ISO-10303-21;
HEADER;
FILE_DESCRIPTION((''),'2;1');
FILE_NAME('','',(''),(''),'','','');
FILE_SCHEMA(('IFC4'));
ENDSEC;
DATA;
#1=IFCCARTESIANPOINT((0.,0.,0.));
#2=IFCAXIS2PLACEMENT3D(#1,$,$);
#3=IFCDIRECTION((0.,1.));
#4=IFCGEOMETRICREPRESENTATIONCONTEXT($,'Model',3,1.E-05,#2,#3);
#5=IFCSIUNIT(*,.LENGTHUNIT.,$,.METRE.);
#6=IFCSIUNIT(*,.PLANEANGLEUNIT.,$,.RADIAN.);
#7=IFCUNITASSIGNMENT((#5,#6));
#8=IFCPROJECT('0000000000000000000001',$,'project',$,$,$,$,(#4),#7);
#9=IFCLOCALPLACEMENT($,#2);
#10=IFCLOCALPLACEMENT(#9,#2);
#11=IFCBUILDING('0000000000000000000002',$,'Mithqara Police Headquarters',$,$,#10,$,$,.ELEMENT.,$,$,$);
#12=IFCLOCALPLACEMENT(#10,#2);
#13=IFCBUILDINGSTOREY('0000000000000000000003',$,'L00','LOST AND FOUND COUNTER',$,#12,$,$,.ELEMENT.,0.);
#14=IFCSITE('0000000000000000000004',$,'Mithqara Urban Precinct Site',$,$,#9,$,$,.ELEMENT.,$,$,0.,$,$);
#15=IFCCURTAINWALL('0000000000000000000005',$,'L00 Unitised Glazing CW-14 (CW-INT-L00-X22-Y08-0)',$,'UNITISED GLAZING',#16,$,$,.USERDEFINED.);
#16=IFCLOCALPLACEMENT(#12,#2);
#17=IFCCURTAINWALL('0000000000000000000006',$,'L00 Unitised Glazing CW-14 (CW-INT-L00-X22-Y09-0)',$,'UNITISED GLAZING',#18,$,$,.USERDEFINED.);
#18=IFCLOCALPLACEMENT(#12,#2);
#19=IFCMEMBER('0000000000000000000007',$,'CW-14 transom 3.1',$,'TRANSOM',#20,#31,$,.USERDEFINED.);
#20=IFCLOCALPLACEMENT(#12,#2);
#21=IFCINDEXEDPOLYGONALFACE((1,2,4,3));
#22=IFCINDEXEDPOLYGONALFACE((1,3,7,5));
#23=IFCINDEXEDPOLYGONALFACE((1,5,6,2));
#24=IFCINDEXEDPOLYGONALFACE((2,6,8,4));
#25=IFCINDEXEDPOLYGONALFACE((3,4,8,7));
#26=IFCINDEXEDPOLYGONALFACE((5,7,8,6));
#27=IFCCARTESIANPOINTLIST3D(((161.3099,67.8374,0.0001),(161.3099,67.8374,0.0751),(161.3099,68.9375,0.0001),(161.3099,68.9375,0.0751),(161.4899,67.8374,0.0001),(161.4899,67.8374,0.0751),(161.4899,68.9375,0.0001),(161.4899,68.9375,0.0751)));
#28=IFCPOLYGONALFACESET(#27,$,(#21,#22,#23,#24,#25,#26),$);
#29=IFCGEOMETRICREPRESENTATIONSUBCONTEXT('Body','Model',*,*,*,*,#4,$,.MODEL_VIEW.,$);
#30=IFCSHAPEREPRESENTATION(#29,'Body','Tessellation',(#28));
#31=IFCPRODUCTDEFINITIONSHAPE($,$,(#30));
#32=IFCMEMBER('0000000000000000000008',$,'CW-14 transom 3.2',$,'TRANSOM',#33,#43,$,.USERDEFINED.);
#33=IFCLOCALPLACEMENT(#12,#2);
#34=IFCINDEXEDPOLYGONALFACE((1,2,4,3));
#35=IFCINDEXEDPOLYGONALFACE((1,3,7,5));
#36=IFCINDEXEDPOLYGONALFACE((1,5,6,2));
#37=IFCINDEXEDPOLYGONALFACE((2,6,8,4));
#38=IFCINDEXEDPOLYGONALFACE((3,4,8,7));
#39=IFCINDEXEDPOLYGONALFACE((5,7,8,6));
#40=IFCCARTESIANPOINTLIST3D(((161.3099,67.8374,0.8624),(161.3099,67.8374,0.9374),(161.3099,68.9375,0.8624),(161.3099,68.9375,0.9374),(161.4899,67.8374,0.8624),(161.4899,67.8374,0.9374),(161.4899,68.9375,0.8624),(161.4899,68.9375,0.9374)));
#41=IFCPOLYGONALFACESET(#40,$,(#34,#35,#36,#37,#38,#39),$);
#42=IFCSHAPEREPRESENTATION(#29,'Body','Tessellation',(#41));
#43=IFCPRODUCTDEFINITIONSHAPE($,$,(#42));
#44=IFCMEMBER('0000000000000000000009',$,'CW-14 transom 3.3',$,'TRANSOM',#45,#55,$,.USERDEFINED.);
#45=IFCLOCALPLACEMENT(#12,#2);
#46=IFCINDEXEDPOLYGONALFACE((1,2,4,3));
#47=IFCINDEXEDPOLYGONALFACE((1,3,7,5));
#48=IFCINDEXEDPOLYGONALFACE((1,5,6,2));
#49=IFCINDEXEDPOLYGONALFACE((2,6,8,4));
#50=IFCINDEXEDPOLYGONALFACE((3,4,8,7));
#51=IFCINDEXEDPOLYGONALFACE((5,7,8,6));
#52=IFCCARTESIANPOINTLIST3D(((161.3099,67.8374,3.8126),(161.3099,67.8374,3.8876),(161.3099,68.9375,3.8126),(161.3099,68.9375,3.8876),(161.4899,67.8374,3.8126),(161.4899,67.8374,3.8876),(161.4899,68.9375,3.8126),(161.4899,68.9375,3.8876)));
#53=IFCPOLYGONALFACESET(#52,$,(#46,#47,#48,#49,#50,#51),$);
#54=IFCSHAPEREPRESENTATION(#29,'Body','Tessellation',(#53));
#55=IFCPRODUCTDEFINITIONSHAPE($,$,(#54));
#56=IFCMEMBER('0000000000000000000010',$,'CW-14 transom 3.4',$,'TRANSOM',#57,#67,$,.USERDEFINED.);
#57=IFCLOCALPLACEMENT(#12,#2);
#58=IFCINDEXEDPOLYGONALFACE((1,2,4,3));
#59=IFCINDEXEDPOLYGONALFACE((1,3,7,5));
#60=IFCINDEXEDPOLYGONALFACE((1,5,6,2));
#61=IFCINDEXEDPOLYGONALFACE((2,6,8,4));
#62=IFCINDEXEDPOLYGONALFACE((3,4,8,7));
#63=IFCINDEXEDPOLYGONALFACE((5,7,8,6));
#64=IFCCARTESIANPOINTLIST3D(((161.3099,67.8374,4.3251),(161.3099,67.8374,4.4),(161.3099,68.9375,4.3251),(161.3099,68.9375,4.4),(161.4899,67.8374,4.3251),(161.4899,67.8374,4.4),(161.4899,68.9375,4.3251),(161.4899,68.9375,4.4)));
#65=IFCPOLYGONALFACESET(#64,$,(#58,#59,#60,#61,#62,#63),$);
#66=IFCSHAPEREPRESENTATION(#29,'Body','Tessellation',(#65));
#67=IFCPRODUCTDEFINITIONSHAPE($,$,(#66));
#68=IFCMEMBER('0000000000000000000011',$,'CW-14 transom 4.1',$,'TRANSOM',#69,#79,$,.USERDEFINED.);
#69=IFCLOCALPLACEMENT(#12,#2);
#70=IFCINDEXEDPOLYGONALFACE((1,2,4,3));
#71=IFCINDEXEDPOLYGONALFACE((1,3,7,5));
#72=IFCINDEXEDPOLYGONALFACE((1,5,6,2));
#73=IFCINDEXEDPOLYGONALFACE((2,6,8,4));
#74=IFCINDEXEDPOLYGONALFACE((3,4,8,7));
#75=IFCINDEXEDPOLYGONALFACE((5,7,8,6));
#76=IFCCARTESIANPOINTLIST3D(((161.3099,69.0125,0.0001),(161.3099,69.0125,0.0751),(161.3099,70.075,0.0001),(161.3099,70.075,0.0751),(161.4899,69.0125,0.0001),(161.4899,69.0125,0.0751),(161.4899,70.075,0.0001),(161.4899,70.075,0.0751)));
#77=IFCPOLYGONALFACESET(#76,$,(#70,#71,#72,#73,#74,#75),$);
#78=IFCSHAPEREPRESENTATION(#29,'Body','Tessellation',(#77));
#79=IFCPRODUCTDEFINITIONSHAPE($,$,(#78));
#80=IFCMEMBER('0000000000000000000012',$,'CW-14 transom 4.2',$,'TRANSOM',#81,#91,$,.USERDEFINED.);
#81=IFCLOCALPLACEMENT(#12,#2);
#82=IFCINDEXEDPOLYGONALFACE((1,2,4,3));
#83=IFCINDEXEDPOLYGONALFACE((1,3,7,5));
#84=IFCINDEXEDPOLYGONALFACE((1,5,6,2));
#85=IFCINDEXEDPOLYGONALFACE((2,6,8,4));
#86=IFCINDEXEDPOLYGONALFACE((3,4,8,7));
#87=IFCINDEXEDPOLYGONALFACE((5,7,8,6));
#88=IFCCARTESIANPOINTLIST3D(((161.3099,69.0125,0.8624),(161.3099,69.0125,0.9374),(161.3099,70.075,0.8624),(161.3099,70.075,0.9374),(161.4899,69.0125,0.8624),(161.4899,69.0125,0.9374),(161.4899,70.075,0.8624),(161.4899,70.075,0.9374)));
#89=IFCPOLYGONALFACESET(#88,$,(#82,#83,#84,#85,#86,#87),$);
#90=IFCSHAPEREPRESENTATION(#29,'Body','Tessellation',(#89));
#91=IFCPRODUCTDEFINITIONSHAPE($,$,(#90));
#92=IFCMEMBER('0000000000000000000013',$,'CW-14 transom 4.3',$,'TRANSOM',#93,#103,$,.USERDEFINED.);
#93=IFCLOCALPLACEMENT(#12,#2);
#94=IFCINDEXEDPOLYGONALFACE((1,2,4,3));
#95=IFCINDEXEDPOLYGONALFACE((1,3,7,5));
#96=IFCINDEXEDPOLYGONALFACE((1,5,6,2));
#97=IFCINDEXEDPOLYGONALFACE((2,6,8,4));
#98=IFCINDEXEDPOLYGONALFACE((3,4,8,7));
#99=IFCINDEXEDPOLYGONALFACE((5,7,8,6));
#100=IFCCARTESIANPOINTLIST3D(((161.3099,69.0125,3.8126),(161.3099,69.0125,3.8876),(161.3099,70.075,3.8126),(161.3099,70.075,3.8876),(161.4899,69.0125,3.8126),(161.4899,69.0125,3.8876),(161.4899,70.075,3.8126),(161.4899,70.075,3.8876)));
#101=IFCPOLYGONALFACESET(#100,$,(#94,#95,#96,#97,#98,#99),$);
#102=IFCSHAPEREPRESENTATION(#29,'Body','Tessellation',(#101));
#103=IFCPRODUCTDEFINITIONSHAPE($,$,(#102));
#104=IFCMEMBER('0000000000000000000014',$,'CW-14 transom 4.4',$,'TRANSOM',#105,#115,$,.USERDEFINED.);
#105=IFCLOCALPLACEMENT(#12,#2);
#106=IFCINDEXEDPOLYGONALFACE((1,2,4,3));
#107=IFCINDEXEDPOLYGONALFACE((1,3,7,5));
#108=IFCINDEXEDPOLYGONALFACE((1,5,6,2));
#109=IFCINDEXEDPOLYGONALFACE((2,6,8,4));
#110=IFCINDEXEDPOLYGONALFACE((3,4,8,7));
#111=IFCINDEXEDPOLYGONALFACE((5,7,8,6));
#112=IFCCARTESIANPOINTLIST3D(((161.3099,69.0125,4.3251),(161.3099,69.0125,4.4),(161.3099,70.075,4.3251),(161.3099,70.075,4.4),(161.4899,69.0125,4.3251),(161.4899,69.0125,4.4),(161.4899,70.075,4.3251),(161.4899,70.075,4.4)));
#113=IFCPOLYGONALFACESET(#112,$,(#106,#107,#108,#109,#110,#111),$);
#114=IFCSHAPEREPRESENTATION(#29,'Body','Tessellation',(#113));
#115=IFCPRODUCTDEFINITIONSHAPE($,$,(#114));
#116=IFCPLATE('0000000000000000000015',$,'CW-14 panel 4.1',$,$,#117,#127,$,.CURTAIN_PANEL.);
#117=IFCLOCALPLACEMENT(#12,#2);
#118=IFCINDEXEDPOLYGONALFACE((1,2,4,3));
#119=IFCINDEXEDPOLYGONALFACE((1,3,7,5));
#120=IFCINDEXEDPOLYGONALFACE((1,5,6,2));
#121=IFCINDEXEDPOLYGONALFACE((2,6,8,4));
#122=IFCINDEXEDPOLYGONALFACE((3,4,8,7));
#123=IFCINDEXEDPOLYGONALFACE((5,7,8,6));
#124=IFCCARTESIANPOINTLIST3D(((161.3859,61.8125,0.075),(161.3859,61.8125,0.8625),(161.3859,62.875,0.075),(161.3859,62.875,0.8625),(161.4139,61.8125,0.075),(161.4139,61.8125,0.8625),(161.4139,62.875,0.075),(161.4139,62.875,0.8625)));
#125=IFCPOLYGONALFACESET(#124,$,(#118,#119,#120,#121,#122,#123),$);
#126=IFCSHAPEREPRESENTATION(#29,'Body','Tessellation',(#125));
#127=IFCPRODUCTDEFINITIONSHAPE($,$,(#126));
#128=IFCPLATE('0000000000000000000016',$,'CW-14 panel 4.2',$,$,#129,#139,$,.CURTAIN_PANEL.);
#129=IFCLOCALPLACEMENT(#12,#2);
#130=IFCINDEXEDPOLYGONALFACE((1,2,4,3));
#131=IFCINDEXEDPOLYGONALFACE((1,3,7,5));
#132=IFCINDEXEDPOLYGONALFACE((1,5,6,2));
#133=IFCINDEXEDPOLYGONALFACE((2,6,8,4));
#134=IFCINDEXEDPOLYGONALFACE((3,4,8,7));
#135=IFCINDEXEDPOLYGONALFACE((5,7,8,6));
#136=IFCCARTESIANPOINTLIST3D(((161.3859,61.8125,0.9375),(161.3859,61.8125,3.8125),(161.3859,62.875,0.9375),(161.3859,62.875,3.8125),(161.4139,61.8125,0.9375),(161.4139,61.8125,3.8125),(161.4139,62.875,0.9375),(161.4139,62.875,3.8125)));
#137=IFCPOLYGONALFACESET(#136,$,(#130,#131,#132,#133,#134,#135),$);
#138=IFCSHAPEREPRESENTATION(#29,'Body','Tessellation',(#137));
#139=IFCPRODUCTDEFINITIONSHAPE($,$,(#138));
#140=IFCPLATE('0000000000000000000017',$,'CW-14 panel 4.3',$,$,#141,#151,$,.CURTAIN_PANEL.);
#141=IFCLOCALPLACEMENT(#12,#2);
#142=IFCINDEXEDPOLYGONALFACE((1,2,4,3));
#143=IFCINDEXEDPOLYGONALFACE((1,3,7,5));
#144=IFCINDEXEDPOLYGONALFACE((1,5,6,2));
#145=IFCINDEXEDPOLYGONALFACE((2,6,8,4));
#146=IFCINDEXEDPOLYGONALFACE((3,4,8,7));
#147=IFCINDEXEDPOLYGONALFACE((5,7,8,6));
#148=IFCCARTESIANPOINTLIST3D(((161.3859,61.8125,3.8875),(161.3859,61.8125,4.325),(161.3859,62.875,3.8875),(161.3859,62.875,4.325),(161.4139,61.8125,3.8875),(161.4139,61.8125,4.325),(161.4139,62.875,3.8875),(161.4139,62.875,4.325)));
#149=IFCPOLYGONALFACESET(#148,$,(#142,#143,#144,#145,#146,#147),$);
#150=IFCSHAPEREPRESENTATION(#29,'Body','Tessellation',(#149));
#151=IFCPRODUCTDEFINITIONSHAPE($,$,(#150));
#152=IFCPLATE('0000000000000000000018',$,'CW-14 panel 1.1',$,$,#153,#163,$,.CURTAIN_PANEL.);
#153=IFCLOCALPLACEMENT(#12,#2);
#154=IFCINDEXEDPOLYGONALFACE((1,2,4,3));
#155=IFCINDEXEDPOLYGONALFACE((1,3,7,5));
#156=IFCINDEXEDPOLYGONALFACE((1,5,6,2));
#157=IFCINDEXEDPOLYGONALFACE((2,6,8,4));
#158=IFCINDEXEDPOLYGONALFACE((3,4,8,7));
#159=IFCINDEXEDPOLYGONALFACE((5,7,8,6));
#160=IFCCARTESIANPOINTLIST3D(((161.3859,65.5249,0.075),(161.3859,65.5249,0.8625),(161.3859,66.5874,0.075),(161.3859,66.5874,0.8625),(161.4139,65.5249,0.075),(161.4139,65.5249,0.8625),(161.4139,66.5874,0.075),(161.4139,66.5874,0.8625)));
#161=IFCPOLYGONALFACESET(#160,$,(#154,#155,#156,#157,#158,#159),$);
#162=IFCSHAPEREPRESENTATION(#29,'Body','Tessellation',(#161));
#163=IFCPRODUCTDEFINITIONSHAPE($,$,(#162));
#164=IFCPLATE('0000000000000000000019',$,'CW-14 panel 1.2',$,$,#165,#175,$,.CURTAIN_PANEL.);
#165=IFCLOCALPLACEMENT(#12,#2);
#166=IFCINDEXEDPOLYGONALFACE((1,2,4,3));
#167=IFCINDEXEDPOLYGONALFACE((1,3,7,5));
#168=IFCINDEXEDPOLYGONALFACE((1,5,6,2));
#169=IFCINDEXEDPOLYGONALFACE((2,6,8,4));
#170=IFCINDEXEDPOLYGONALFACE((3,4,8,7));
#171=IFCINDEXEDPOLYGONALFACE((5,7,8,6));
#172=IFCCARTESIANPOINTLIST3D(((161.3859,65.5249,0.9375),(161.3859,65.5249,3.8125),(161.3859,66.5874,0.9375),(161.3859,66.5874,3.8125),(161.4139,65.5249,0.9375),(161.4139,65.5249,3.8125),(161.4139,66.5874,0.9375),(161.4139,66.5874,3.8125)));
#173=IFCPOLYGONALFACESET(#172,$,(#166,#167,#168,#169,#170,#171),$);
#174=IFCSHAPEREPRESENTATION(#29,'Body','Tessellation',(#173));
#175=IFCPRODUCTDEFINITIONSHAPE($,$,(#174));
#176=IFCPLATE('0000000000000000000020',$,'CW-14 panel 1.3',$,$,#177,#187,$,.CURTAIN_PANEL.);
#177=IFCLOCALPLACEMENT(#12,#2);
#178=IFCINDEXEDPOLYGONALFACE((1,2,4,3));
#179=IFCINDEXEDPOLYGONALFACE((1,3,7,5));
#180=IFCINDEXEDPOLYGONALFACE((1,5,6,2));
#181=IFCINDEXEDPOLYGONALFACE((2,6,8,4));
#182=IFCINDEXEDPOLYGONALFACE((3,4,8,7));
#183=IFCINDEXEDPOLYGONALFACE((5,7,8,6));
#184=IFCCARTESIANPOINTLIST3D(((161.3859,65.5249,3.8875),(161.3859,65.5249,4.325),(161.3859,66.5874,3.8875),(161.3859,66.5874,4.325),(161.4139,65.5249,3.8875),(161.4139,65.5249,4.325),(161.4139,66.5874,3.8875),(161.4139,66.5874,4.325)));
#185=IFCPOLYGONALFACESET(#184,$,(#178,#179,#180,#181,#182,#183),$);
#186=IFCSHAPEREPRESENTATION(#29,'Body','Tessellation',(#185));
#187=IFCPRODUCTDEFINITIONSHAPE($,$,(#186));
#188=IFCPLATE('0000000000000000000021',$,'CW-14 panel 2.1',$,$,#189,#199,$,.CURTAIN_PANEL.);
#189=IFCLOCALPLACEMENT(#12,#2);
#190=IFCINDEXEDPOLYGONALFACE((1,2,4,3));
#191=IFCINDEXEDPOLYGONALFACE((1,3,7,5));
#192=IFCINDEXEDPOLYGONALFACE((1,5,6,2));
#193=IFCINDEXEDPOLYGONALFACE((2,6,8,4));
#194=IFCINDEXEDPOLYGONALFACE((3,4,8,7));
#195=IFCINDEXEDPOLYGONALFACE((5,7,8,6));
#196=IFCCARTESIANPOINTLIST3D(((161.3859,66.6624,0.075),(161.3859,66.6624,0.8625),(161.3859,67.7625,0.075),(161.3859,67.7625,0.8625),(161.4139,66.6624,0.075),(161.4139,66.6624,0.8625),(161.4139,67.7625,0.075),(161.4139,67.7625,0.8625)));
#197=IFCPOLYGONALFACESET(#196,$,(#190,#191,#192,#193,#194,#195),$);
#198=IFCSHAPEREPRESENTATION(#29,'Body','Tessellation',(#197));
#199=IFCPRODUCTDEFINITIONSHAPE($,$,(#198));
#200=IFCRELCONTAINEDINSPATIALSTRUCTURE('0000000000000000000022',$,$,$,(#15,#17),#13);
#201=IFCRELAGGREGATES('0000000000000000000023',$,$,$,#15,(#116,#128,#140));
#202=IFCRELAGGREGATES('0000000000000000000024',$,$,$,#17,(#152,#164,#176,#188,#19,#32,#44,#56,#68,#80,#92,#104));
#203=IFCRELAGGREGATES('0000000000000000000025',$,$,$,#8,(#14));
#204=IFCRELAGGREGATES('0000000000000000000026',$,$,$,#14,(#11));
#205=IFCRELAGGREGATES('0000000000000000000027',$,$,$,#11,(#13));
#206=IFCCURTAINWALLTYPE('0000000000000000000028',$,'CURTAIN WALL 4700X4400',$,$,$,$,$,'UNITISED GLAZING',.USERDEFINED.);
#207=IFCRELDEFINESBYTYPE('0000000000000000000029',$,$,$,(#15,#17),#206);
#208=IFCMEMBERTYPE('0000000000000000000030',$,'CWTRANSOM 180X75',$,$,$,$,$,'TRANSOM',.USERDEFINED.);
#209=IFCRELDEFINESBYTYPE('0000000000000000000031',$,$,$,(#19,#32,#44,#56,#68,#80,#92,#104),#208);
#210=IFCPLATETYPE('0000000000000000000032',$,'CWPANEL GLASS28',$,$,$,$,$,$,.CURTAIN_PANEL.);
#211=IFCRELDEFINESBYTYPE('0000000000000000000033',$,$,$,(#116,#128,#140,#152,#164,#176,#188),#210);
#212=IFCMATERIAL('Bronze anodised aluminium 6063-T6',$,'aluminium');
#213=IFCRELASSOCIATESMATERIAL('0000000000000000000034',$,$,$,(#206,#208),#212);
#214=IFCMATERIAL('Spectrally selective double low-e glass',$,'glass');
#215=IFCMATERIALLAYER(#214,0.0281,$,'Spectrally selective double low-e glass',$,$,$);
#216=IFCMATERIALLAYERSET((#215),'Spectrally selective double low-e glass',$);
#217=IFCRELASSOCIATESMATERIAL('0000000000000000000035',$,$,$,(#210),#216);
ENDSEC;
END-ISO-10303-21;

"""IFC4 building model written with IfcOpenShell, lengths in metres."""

from ifc_helpers import new_model, si_unit, direction, frame, origin, origin_2d, place, context, subcontext, project, spatial, rectangle, extrude, material, layer, layer_set, material_profile, profile_set, type_object, element, aggregate, save


model = new_model("IFC4")

# Units and contexts
model_context = context("Model", 3, precision=1e-05, world=origin(), true_north=direction((0.0, 1.0)))
body_context = subcontext(model_context, "Body", "Model", "MODEL_VIEW")
ifc_project = project(units=[si_unit("LENGTHUNIT", "METRE"), si_unit("PLANEANGLEUNIT", "RADIAN")], contexts=[model_context])

# Site, building, storey
site_placement = place(None, origin())
site = spatial("IfcSite", under=ifc_project, at=site_placement, Name="Mithqara Urban Precinct Site", CompositionType="ELEMENT", RefElevation=0.0)
building_placement = place(site_placement, origin())
building = spatial("IfcBuilding", under=site, at=building_placement, Name="Mithqara Police Headquarters", CompositionType="ELEMENT")
storey_placement = place(building_placement, origin())
storey = spatial("IfcBuildingStorey", under=building, at=storey_placement, Name="L00", Description="LOST AND FOUND COUNTER", CompositionType="ELEMENT", Elevation=0.0)

# Curtain wall
ifc_material_1 = material(Name="Bronze anodised aluminium 6063-T6", Category="aluminium")
curtain_wall_type = type_object("IfcCurtainWallType", Name="CURTAIN WALL 4700X4400", ElementType="UNITISED GLAZING", PredefinedType="USERDEFINED", material=ifc_material_1)
curtain_wall_1_placement = place(storey_placement, origin())
curtain_wall_1 = element("IfcCurtainWall", 1, at=curtain_wall_1_placement, inside=storey, type_object=curtain_wall_type, Name="L00 Unitised Glazing CW-14 (CW-INT-L00-X22-Y08-0)", ObjectType="UNITISED GLAZING", PredefinedType="USERDEFINED")

# Curtain wall
curtain_wall_2_placement = place(storey_placement, origin())
curtain_wall_2 = element("IfcCurtainWall", 2, at=curtain_wall_2_placement, inside=storey, type_object=curtain_wall_type, Name="L00 Unitised Glazing CW-14 (CW-INT-L00-X22-Y09-0)", ObjectType="UNITISED GLAZING", PredefinedType="USERDEFINED")

# Members
ifc_material_profile_1 = material_profile(ifc_material_1, rectangle(XDim=0.1799, YDim=0.075, at=origin_2d()), Name="CWT 180x75")
ifc_profile_set_1 = profile_set([ifc_material_profile_1], Name="Bronze anodised aluminium 6063-T6")
member_type_1 = type_object("IfcMemberType", Name="CWTRANSOM 180X75", ElementType="TRANSOM", PredefinedType="USERDEFINED", material=ifc_profile_set_1)
member_1_placement = place(storey_placement, frame((161.3999, 67.8374, 0.0376), z_axis=(0.0, 1.0, 0.0), x_axis=(-1.0, 0.0, 0.0)))
member_1 = element("IfcMember", 3, at=member_1_placement, type_object=member_type_1, Name="CW-14 transom 3.1", ObjectType="TRANSOM", PredefinedType="USERDEFINED", context=body_context, shape_type="SweptSolid", body=[
    extrude(rectangle(XDim=0.1799, YDim=0.075, at=origin_2d()), origin(), (0.0, 0.0, 1.0), 1.1001),
])
member_2_placement = place(storey_placement, frame((161.3999, 67.8374, 0.8999), z_axis=(0.0, 1.0, 0.0), x_axis=(-1.0, 0.0, 0.0)))
member_2 = element("IfcMember", 4, at=member_2_placement, type_object=member_type_1, Name="CW-14 transom 3.2", ObjectType="TRANSOM", PredefinedType="USERDEFINED", context=body_context, shape_type="SweptSolid", body=[
    extrude(rectangle(XDim=0.1799, YDim=0.075, at=origin_2d()), origin(), (0.0, 0.0, 1.0), 1.1001),
])
member_3_placement = place(storey_placement, frame((161.3999, 67.8374, 3.8501), z_axis=(0.0, 1.0, 0.0), x_axis=(-1.0, 0.0, 0.0)))
member_3 = element("IfcMember", 5, at=member_3_placement, type_object=member_type_1, Name="CW-14 transom 3.3", ObjectType="TRANSOM", PredefinedType="USERDEFINED", context=body_context, shape_type="SweptSolid", body=[
    extrude(rectangle(XDim=0.1799, YDim=0.075, at=origin_2d()), origin(), (0.0, 0.0, 1.0), 1.1001),
])
member_4_placement = place(storey_placement, frame((161.3999, 67.8374, 4.3625), z_axis=(0.0, 1.0, 0.0), x_axis=(-1.0, 0.0, 0.0)))
member_4 = element("IfcMember", 6, at=member_4_placement, type_object=member_type_1, Name="CW-14 transom 3.4", ObjectType="TRANSOM", PredefinedType="USERDEFINED", context=body_context, shape_type="SweptSolid", body=[
    extrude(rectangle(XDim=0.1799, YDim=0.075, at=origin_2d()), origin(), (0.0, 0.0, 1.0), 1.1001),
])
member_5_placement = place(storey_placement, frame((161.3999, 69.0125, 0.0376), z_axis=(0.0, 1.0, 0.0), x_axis=(-1.0, 0.0, 0.0)))
member_5 = element("IfcMember", 7, at=member_5_placement, type_object=member_type_1, Name="CW-14 transom 4.1", ObjectType="TRANSOM", PredefinedType="USERDEFINED", context=body_context, shape_type="SweptSolid", body=[
    extrude(rectangle(XDim=0.1799, YDim=0.075, at=origin_2d()), origin(), (0.0, 0.0, 1.0), 1.0625),
])
member_6_placement = place(storey_placement, frame((161.3999, 69.0125, 0.8999), z_axis=(0.0, 1.0, 0.0), x_axis=(-1.0, 0.0, 0.0)))
member_6 = element("IfcMember", 8, at=member_6_placement, type_object=member_type_1, Name="CW-14 transom 4.2", ObjectType="TRANSOM", PredefinedType="USERDEFINED", context=body_context, shape_type="SweptSolid", body=[
    extrude(rectangle(XDim=0.1799, YDim=0.075, at=origin_2d()), origin(), (0.0, 0.0, 1.0), 1.0625),
])
member_7_placement = place(storey_placement, frame((161.3999, 69.0125, 3.8501), z_axis=(0.0, 1.0, 0.0), x_axis=(-1.0, 0.0, 0.0)))
member_7 = element("IfcMember", 9, at=member_7_placement, type_object=member_type_1, Name="CW-14 transom 4.3", ObjectType="TRANSOM", PredefinedType="USERDEFINED", context=body_context, shape_type="SweptSolid", body=[
    extrude(rectangle(XDim=0.1799, YDim=0.075, at=origin_2d()), origin(), (0.0, 0.0, 1.0), 1.0625),
])
member_8_placement = place(storey_placement, frame((161.3999, 69.0125, 4.3625), z_axis=(0.0, 1.0, 0.0), x_axis=(-1.0, 0.0, 0.0)))
member_8 = element("IfcMember", 10, at=member_8_placement, type_object=member_type_1, Name="CW-14 transom 4.4", ObjectType="TRANSOM", PredefinedType="USERDEFINED", context=body_context, shape_type="SweptSolid", body=[
    extrude(rectangle(XDim=0.1799, YDim=0.075, at=origin_2d()), origin(), (0.0, 0.0, 1.0), 1.0625),
])

# Plates
ifc_material_2 = material(Name="Spectrally selective double low-e glass", Category="glass")
ifc_layer = layer(ifc_material_2, 0.0281, Name="Spectrally selective double low-e glass")
ifc_layer_set = layer_set([ifc_layer], Name="Spectrally selective double low-e glass")
plate_type = type_object("IfcPlateType", Name="CWPANEL GLASS28", PredefinedType="CURTAIN_PANEL", material=ifc_layer_set)
plate_1_placement = place(storey_placement, frame((161.3999, 62.3438, 0.075), z_axis=(0.0, 0.0, 1.0), x_axis=(0.0, 1.0, 0.0)))
plate_1 = element("IfcPlate", 11, at=plate_1_placement, type_object=plate_type, Name="CW-14 panel 4.1", PredefinedType="CURTAIN_PANEL", context=body_context, shape_type="SweptSolid", body=[
    extrude(rectangle(XDim=1.0625, YDim=0.0281, at=origin_2d()), origin(), (0.0, 0.0, 1.0), 0.7876),
])
plate_2_placement = place(storey_placement, frame((161.3999, 62.3438, 0.9375), z_axis=(0.0, 0.0, 1.0), x_axis=(0.0, 1.0, 0.0)))
plate_2 = element("IfcPlate", 12, at=plate_2_placement, type_object=plate_type, Name="CW-14 panel 4.2", PredefinedType="CURTAIN_PANEL", context=body_context, shape_type="SweptSolid", body=[
    extrude(rectangle(XDim=1.0625, YDim=0.0281, at=origin_2d()), origin(), (0.0, 0.0, 1.0), 2.875),
])
plate_3_placement = place(storey_placement, frame((161.3999, 62.3438, 3.8875), z_axis=(0.0, 0.0, 1.0), x_axis=(0.0, 1.0, 0.0)))
plate_3 = element("IfcPlate", 13, at=plate_3_placement, type_object=plate_type, Name="CW-14 panel 4.3", PredefinedType="CURTAIN_PANEL", context=body_context, shape_type="SweptSolid", body=[
    extrude(rectangle(XDim=1.0625, YDim=0.0281, at=origin_2d()), origin(), (0.0, 0.0, 1.0), 0.4375),
])
aggregate(curtain_wall_1, [plate_1, plate_2, plate_3])
plate_4_placement = place(storey_placement, frame((161.3999, 66.0562, 0.075), z_axis=(0.0, 0.0, 1.0), x_axis=(0.0, 1.0, 0.0)))
plate_4 = element("IfcPlate", 14, at=plate_4_placement, type_object=plate_type, Name="CW-14 panel 1.1", PredefinedType="CURTAIN_PANEL", context=body_context, shape_type="SweptSolid", body=[
    extrude(rectangle(XDim=1.0625, YDim=0.0281, at=origin_2d()), origin(), (0.0, 0.0, 1.0), 0.7876),
])
plate_5_placement = place(storey_placement, frame((161.3999, 66.0562, 0.9375), z_axis=(0.0, 0.0, 1.0), x_axis=(0.0, 1.0, 0.0)))
plate_5 = element("IfcPlate", 15, at=plate_5_placement, type_object=plate_type, Name="CW-14 panel 1.2", PredefinedType="CURTAIN_PANEL", context=body_context, shape_type="SweptSolid", body=[
    extrude(rectangle(XDim=1.0625, YDim=0.0281, at=origin_2d()), origin(), (0.0, 0.0, 1.0), 2.875),
])
plate_6_placement = place(storey_placement, frame((161.3999, 66.0562, 3.8875), z_axis=(0.0, 0.0, 1.0), x_axis=(0.0, 1.0, 0.0)))
plate_6 = element("IfcPlate", 16, at=plate_6_placement, type_object=plate_type, Name="CW-14 panel 1.3", PredefinedType="CURTAIN_PANEL", context=body_context, shape_type="SweptSolid", body=[
    extrude(rectangle(XDim=1.0625, YDim=0.0281, at=origin_2d()), origin(), (0.0, 0.0, 1.0), 0.4375),
])
plate_7_placement = place(storey_placement, frame((161.3999, 67.2124, 0.075), z_axis=(0.0, 0.0, 1.0), x_axis=(0.0, 1.0, 0.0)))
plate_7 = element("IfcPlate", 17, at=plate_7_placement, type_object=plate_type, Name="CW-14 panel 2.1", PredefinedType="CURTAIN_PANEL", context=body_context, shape_type="SweptSolid", body=[
    extrude(rectangle(XDim=1.1001, YDim=0.0281, at=origin_2d()), origin(), (0.0, 0.0, 1.0), 0.7876),
])
aggregate(curtain_wall_2, [plate_4, plate_5, plate_6, plate_7, member_1, member_2, member_3, member_4, member_5, member_6, member_7, member_8])

save(model, "model.ifc")
